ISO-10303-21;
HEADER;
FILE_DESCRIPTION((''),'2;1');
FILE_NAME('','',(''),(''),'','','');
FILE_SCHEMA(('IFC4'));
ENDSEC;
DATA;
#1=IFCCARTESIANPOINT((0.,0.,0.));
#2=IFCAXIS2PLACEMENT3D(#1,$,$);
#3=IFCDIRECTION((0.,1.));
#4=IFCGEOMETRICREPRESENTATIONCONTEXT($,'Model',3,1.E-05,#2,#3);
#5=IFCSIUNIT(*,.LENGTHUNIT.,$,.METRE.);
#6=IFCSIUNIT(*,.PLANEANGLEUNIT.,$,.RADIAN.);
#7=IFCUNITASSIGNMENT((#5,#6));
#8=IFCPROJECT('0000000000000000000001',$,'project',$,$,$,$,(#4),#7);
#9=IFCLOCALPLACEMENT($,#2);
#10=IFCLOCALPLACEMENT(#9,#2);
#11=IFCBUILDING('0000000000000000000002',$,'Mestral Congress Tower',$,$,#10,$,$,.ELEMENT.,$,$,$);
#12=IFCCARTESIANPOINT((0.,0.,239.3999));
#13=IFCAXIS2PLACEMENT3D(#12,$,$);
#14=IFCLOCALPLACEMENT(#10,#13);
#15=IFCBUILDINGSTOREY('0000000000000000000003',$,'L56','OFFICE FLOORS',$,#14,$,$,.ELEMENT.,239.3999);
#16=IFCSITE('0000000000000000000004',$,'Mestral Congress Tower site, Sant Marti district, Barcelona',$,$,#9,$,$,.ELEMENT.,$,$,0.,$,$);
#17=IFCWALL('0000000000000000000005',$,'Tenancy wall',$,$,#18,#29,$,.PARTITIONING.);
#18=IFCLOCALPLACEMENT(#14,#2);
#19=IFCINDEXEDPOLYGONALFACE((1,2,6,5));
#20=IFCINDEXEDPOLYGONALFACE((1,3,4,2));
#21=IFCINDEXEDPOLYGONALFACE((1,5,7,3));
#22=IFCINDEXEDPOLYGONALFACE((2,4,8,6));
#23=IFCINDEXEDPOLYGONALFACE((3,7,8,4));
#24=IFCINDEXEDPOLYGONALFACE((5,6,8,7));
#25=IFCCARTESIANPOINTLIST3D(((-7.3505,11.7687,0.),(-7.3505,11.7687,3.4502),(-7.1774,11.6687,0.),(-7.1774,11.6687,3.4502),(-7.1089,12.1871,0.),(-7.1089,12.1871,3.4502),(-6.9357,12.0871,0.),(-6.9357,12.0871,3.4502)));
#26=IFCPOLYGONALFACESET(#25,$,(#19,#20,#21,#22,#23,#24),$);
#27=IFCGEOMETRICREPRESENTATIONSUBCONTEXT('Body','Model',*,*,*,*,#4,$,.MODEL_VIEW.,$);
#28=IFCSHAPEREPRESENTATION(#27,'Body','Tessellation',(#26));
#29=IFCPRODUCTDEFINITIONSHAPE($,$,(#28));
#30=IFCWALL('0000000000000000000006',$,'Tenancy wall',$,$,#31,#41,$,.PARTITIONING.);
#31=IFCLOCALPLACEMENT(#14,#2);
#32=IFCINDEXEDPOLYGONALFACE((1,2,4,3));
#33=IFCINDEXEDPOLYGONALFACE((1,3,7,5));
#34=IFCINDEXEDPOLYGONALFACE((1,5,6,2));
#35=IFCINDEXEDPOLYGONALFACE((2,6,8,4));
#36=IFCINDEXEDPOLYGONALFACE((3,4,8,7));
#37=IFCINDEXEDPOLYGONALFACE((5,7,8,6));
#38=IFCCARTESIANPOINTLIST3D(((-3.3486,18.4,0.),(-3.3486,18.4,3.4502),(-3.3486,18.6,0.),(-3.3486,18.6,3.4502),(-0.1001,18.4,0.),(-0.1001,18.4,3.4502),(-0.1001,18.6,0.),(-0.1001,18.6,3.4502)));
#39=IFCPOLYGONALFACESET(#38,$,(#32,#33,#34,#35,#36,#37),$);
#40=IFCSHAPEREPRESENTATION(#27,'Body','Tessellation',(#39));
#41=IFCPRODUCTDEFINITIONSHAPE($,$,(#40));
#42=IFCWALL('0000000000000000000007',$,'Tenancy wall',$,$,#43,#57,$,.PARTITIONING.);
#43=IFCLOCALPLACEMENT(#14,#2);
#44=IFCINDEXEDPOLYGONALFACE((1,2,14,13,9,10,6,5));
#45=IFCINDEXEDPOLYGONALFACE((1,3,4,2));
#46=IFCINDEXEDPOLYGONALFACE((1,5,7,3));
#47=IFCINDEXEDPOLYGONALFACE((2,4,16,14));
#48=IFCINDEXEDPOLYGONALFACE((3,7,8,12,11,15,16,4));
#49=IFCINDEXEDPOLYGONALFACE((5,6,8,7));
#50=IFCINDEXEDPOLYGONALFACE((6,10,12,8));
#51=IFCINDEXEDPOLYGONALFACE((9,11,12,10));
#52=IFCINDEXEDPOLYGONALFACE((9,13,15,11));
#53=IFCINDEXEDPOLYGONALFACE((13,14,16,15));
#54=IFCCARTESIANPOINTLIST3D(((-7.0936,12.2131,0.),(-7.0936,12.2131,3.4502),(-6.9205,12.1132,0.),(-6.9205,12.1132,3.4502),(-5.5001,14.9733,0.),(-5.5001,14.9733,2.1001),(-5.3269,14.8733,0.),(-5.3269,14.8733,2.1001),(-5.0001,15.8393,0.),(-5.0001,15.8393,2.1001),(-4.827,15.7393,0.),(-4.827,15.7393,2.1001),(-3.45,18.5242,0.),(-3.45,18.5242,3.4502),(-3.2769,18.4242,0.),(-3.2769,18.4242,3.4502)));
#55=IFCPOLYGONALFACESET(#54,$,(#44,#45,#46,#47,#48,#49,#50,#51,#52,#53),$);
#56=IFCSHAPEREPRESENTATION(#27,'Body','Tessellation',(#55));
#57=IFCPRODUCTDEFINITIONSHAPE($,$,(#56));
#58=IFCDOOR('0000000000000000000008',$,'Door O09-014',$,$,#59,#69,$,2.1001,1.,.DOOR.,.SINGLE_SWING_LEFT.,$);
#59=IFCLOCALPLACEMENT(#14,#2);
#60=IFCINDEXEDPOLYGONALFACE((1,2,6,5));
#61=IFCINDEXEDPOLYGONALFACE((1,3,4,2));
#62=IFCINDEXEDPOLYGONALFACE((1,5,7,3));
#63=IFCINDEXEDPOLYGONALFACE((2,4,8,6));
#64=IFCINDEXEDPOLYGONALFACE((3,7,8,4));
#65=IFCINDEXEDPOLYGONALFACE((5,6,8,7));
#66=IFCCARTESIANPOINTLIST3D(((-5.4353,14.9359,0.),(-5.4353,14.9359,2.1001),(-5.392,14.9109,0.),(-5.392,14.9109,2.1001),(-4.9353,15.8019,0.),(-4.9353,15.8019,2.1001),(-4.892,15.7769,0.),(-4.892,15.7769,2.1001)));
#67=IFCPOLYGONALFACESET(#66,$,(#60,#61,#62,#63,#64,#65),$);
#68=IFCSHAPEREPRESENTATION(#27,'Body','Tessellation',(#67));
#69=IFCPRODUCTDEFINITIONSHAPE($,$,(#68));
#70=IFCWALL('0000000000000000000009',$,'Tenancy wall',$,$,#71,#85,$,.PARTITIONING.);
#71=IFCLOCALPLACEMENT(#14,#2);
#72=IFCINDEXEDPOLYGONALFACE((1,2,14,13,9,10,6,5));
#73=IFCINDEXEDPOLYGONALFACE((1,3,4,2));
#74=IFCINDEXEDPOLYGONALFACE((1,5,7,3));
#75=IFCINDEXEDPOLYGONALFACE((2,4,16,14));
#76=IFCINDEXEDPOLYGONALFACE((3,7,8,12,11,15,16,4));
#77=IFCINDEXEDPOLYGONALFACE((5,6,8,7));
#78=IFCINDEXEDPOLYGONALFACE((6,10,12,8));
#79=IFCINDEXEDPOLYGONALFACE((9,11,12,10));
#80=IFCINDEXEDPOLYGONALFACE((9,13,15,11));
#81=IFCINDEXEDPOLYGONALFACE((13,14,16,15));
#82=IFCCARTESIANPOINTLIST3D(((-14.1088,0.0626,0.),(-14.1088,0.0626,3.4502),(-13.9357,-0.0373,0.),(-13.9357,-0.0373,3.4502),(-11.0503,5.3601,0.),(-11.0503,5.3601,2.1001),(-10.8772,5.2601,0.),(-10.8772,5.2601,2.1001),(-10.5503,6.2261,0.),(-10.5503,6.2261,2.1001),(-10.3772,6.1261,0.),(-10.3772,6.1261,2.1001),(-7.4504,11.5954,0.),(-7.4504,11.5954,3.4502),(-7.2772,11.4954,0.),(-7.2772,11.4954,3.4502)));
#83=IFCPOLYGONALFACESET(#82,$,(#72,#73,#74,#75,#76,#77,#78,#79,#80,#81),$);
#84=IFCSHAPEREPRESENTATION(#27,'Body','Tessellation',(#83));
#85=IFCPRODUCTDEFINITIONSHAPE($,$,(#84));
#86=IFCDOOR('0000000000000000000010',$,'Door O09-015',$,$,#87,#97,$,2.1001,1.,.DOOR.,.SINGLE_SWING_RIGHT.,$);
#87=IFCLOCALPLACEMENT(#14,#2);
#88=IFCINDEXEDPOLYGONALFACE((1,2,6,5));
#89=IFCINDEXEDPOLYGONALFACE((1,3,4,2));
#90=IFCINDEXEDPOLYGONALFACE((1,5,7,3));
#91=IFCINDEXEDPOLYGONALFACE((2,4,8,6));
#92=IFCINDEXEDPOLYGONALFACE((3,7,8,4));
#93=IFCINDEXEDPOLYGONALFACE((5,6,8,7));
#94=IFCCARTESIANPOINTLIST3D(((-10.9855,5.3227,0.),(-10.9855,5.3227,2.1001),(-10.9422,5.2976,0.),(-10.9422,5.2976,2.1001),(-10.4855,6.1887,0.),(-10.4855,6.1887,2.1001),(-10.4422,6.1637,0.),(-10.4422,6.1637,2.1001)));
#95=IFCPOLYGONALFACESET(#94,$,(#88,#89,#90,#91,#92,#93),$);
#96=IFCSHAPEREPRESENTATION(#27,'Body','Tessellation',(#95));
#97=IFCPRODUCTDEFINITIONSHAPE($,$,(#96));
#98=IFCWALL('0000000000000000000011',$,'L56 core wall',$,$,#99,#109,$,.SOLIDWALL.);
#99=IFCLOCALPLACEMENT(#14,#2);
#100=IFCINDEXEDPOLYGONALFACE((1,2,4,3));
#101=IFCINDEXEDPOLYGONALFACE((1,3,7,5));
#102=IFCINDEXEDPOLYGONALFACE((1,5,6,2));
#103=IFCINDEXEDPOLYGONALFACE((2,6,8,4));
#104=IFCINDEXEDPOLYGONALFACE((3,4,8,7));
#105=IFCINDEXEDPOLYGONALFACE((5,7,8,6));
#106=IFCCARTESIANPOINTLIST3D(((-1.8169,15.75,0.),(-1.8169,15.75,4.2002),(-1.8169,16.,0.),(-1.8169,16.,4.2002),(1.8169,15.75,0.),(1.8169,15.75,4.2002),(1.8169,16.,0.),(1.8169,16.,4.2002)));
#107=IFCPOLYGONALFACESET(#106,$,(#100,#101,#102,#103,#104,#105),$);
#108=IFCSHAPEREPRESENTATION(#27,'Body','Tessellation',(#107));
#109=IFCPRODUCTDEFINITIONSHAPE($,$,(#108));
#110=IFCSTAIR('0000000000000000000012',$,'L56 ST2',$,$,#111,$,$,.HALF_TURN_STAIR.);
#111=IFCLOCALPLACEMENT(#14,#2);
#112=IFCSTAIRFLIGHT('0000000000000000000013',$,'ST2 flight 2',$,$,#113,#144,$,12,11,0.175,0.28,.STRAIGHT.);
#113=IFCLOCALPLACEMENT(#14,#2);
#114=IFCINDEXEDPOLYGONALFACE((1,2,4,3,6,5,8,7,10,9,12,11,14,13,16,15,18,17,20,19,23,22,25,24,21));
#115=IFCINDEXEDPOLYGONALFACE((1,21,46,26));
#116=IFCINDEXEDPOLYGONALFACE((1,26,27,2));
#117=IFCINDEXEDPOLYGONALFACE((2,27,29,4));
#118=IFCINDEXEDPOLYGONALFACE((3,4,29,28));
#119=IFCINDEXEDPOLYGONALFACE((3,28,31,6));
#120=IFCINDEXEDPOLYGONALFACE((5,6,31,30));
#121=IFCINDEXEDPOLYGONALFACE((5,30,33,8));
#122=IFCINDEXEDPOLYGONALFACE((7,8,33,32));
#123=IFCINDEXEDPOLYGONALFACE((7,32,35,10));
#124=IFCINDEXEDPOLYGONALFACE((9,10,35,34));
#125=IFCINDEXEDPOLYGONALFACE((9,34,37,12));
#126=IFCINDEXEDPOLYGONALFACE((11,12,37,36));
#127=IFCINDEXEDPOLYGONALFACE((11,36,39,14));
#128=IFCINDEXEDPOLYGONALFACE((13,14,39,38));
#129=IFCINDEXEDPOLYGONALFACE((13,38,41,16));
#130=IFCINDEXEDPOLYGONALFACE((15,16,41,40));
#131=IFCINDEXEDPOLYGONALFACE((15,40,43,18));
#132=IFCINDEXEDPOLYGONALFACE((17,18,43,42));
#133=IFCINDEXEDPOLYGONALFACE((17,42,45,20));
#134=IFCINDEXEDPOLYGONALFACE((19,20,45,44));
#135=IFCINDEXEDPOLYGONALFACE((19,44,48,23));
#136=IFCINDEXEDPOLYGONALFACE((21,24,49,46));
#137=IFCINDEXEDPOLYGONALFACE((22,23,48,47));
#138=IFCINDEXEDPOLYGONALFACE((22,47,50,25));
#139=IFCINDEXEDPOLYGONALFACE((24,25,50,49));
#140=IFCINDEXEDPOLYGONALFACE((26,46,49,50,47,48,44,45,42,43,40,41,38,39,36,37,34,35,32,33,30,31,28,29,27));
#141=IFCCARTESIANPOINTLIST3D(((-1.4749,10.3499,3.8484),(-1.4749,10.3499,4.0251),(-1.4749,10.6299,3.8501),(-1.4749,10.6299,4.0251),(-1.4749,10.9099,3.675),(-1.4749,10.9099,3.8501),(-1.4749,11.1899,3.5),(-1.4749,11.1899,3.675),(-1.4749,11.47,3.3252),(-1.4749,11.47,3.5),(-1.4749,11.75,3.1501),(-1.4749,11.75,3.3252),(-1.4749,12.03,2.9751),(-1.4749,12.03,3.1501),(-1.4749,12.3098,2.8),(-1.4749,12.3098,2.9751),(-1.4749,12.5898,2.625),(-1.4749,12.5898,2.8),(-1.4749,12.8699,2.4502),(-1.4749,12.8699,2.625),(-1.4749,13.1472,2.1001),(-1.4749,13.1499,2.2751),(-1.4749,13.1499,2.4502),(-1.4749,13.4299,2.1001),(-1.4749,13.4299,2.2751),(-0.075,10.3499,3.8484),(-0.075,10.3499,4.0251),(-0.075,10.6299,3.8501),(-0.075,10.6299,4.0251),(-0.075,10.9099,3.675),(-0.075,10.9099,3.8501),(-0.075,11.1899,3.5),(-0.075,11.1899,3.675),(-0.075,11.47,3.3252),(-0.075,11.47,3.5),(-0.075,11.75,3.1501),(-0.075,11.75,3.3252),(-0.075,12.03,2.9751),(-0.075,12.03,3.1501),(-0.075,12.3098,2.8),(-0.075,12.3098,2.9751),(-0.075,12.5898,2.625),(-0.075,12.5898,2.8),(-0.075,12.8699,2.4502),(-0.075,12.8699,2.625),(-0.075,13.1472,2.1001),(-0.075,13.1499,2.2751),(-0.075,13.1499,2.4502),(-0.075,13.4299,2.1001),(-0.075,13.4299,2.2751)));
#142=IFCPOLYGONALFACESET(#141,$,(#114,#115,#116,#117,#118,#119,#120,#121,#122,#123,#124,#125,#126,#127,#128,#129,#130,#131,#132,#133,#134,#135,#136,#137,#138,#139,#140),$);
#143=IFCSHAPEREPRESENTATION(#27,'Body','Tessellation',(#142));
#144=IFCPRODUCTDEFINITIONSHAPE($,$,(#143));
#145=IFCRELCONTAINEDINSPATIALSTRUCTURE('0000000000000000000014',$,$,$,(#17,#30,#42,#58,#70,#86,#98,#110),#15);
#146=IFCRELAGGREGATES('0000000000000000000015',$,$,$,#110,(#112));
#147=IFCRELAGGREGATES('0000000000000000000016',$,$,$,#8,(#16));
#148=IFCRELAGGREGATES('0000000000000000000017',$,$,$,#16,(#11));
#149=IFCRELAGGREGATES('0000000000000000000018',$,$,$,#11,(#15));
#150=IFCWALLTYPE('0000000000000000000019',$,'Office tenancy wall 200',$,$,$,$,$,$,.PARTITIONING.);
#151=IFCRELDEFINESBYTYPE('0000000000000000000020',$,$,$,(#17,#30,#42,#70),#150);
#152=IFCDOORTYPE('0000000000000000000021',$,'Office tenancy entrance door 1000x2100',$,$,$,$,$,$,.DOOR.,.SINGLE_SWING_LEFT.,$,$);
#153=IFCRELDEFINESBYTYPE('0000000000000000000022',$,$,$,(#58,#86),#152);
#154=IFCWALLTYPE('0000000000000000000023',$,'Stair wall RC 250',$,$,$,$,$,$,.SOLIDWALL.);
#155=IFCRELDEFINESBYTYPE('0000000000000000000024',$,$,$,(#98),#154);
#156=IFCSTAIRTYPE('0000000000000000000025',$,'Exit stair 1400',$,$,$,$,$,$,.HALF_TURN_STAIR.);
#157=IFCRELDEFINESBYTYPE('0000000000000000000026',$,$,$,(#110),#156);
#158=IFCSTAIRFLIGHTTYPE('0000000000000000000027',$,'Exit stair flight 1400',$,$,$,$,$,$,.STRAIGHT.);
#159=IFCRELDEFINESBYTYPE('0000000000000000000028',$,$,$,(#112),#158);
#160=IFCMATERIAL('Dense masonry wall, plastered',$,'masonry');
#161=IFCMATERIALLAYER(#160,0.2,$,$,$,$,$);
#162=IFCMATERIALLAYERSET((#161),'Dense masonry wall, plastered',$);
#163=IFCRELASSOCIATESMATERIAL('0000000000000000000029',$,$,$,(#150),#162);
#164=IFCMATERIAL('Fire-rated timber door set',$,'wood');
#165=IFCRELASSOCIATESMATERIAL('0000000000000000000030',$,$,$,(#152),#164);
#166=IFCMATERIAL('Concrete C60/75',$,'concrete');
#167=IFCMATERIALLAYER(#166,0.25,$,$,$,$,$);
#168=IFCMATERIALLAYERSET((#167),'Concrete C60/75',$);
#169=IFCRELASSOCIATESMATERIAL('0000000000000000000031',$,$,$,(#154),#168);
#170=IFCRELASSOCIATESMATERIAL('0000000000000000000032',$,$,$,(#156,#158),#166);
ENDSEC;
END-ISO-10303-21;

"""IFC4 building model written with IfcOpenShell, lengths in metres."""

from ifc_helpers import new_model, si_unit, direction, frame, frame_2d, origin, place, context, subcontext, project, spatial, polyline, rectangle, outline, extrude, material, layer, layer_set, type_object, element, fill, aggregate, save


model = new_model("IFC4")

# Units and contexts
model_context = context("Model", 3, precision=1e-05, world=origin(), true_north=direction((0.0, 1.0)))
body_context = subcontext(model_context, "Body", "Model", "MODEL_VIEW")
ifc_project = project(units=[si_unit("LENGTHUNIT", "METRE"), si_unit("PLANEANGLEUNIT", "RADIAN")], contexts=[model_context])

# Site, building, storey
site_placement = place(None, origin())
site = spatial("IfcSite", under=ifc_project, at=site_placement, Name="Mestral Congress Tower site, Sant Marti district, Barcelona", CompositionType="ELEMENT", RefElevation=0.0)
building_placement = place(site_placement, origin())
building = spatial("IfcBuilding", under=site, at=building_placement, Name="Mestral Congress Tower", CompositionType="ELEMENT")
storey_placement = place(building_placement, frame((0.0, 0.0, 239.3999)))
storey = spatial("IfcBuildingStorey", under=building, at=storey_placement, Name="L56", Description="OFFICE FLOORS", CompositionType="ELEMENT", Elevation=239.3999)

# Shared definitions
ifc_material_1 = material(Name="Concrete C60/75", Category="concrete")

# Walls
ifc_material_2 = material(Name="Dense masonry wall, plastered", Category="masonry")
ifc_layer_1 = layer(ifc_material_2, 0.2)
ifc_layer_set_1 = layer_set([ifc_layer_1], Name="Dense masonry wall, plastered")
wall_type_1 = type_object("IfcWallType", Name="Office tenancy wall 200", PredefinedType="PARTITIONING", material=ifc_layer_set_1)
wall_1_placement = place(storey_placement, frame((-7.0222, 12.1372, 0.0), z_axis=(0.0, 0.0, 1.0), x_axis=(-0.50016, -0.865933, 0.0)))
element("IfcWall", 1, at=wall_1_placement, inside=storey, type_object=wall_type_1, Name="Tenancy wall", PredefinedType="PARTITIONING", context=body_context, shape_type="SweptSolid", body=[
    extrude(rectangle(XDim=0.4832, YDim=0.2, at=frame_2d((0.2417, 0.0))), origin(), (0.0, 0.0, 1.0), 3.4502),
])
wall_2_placement = place(storey_placement, frame((-0.1001, 18.5, 0.0), z_axis=(0.0, 0.0, 1.0), x_axis=(-1.0, 0.0, 0.0)))
element("IfcWall", 2, at=wall_2_placement, inside=storey, type_object=wall_type_1, Name="Tenancy wall", PredefinedType="PARTITIONING", context=body_context, shape_type="SweptSolid", body=[
    extrude(rectangle(XDim=3.2485, YDim=0.2, at=frame_2d((1.6243, 0.0))), origin(), (0.0, 0.0, 1.0), 3.4502),
])

# Walls, openings, doors
wall_3_placement = place(storey_placement, frame((-3.3635, 18.4741, 0.0), z_axis=(0.0, 0.0, 1.0), x_axis=(-0.499987, -0.866033, 0.0)))
wall_3 = element("IfcWall", 3, at=wall_3_placement, inside=storey, type_object=wall_type_1, Name="Tenancy wall", PredefinedType="PARTITIONING", context=body_context, shape_type="SweptSolid", body=[
    extrude(rectangle(XDim=7.2874, YDim=0.2, at=frame_2d((3.6436, 0.0))), origin(), (0.0, 0.0, 1.0), 3.4502),
])
opening_1_placement = place(wall_3_placement, frame((3.1001, 0.0, 0.0)))
opening_1 = element("IfcOpeningElement", 4, at=opening_1_placement, cuts=wall_3, PredefinedType="OPENING", context=body_context, shape_type="SweptSolid", body=[
    extrude(rectangle(XDim=1.0, YDim=2.1001, at=frame_2d((0.5, 1.05))), frame((0.0, 0.1099, 0.0), z_axis=(0.0, -1.0, 0.0), x_axis=(1.0, 0.0, 0.0)), (0.0, 0.0, 1.0), 0.22),
])
ifc_material_3 = material(Name="Fire-rated timber door set", Category="wood")
door_type_1 = type_object("IfcDoorType", Name="Office tenancy entrance door 1000x2100", OperationType="SINGLE_SWING_LEFT", PredefinedType="DOOR", material=ifc_material_3)
door_1_placement = place(opening_1_placement, origin())
door_1 = element("IfcDoor", 5, at=door_1_placement, inside=storey, type_object=door_type_1, Name="Door O09-014", OperationType="SINGLE_SWING_LEFT", OverallHeight=2.1001, OverallWidth=1.0, PredefinedType="DOOR", context=body_context, shape_type="SweptSolid", body=[
    extrude(rectangle(XDim=1.0, YDim=2.1001, at=frame_2d((0.5, 1.05))), frame((0.0, 0.0249, 0.0), z_axis=(0.0, -1.0, 0.0), x_axis=(1.0, 0.0, 0.0)), (0.0, 0.0, 1.0), 0.05),
])
fill(opening_1, door_1)
wall_4_placement = place(storey_placement, frame((-7.3638, 11.5454, 0.0), z_axis=(0.0, 0.0, 1.0), x_axis=(-0.500002, -0.866024, 0.0)))
wall_4 = element("IfcWall", 6, at=wall_4_placement, inside=storey, type_object=wall_type_1, Name="Tenancy wall", PredefinedType="PARTITIONING", context=body_context, shape_type="SweptSolid", body=[
    extrude(rectangle(XDim=13.3169, YDim=0.2, at=frame_2d((6.6584, 0.0))), origin(), (0.0, 0.0, 1.0), 3.4502),
])
opening_2_placement = place(wall_4_placement, frame((6.2, 0.0, 0.0)))
opening_2 = element("IfcOpeningElement", 7, at=opening_2_placement, cuts=wall_4, PredefinedType="OPENING", context=body_context, shape_type="SweptSolid", body=[
    extrude(rectangle(XDim=1.0, YDim=2.1001, at=frame_2d((0.5, 1.05))), frame((0.0, 0.1099, 0.0), z_axis=(0.0, -1.0, 0.0), x_axis=(1.0, 0.0, 0.0)), (0.0, 0.0, 1.0), 0.22),
])
door_2_placement = place(opening_2_placement, origin())
door_2 = element("IfcDoor", 8, at=door_2_placement, inside=storey, type_object=door_type_1, Name="Door O09-015", OperationType="SINGLE_SWING_RIGHT", OverallHeight=2.1001, OverallWidth=1.0, PredefinedType="DOOR", context=body_context, shape_type="SweptSolid", body=[
    extrude(rectangle(XDim=1.0, YDim=2.1001, at=frame_2d((0.5, 1.05))), frame((0.0, 0.0249, 0.0), z_axis=(0.0, -1.0, 0.0), x_axis=(1.0, 0.0, 0.0)), (0.0, 0.0, 1.0), 0.05),
])
fill(opening_2, door_2)

# Wall
ifc_layer_2 = layer(ifc_material_1, 0.25)
ifc_layer_set_2 = layer_set([ifc_layer_2], Name="Concrete C60/75")
wall_type_2 = type_object("IfcWallType", Name="Stair wall RC 250", PredefinedType="SOLIDWALL", material=ifc_layer_set_2)
wall_5_placement = place(storey_placement, frame((-1.8169, 15.875, 0.0), z_axis=(0.0, 0.0, 1.0), x_axis=(1.0, 0.0, 0.0)))
element("IfcWall", 9, at=wall_5_placement, inside=storey, type_object=wall_type_2, Name="L56 core wall", PredefinedType="SOLIDWALL", context=body_context, shape_type="SweptSolid", body=[
    extrude(rectangle(XDim=3.6338, YDim=0.25, at=frame_2d((1.8169, 0.0))), origin(), (0.0, 0.0, 1.0), 4.2002),
])

# Stair, stair flight
stair_type = type_object("IfcStairType", Name="Exit stair 1400", PredefinedType="HALF_TURN_STAIR", material=ifc_material_1)
stair_placement = place(storey_placement, origin())
stair = element("IfcStair", 10, at=stair_placement, inside=storey, type_object=stair_type, Name="L56 ST2", PredefinedType="HALF_TURN_STAIR")
stair_flight_type = type_object("IfcStairFlightType", Name="Exit stair flight 1400", PredefinedType="STRAIGHT", material=ifc_material_1)
stair_flight_placement = place(storey_placement, frame((-0.7749, 13.4299, 2.1001), z_axis=(0.0, 0.0, 1.0), x_axis=(0.0, -1.0, 0.0)))
stair_flight = element("IfcStairFlight", 11, at=stair_flight_placement, type_object=stair_flight_type, Name="ST2 flight 2", NumberOfRisers=12, NumberOfTreads=11, PredefinedType="STRAIGHT", RiserHeight=0.175, TreadLength=0.28, context=body_context, shape_type="SweptSolid", body=[
    extrude(outline(polyline([(0.0, 0.0), (0.0, 0.175), (0.28, 0.175), (0.28, 0.3501), (0.5601, 0.3501), (0.5601, 0.5249), (0.8401, 0.5249), (0.8401, 0.7), (1.1201, 0.7), (1.1201, 0.875), (1.3999, 0.875), (1.3999, 1.05), (1.6799, 1.05), (1.6799, 1.2251), (1.96, 1.2251), (1.96, 1.3999), (2.24, 1.3999), (2.24, 1.575), (2.52, 1.575), (2.52, 1.75), (2.8, 1.75), (2.8, 1.925), (3.0801, 1.925), (3.0801, 2.1001), (3.0801, 1.7483), (0.2827, 0.0), (0.0, 0.0)])), frame((0.0, 0.7, 0.0), z_axis=(0.0, -1.0, 0.0), x_axis=(1.0, 0.0, 0.0)), (0.0, 0.0, 1.0), 1.3999),
])
aggregate(stair, [stair_flight])

save(model, "model.ifc")
